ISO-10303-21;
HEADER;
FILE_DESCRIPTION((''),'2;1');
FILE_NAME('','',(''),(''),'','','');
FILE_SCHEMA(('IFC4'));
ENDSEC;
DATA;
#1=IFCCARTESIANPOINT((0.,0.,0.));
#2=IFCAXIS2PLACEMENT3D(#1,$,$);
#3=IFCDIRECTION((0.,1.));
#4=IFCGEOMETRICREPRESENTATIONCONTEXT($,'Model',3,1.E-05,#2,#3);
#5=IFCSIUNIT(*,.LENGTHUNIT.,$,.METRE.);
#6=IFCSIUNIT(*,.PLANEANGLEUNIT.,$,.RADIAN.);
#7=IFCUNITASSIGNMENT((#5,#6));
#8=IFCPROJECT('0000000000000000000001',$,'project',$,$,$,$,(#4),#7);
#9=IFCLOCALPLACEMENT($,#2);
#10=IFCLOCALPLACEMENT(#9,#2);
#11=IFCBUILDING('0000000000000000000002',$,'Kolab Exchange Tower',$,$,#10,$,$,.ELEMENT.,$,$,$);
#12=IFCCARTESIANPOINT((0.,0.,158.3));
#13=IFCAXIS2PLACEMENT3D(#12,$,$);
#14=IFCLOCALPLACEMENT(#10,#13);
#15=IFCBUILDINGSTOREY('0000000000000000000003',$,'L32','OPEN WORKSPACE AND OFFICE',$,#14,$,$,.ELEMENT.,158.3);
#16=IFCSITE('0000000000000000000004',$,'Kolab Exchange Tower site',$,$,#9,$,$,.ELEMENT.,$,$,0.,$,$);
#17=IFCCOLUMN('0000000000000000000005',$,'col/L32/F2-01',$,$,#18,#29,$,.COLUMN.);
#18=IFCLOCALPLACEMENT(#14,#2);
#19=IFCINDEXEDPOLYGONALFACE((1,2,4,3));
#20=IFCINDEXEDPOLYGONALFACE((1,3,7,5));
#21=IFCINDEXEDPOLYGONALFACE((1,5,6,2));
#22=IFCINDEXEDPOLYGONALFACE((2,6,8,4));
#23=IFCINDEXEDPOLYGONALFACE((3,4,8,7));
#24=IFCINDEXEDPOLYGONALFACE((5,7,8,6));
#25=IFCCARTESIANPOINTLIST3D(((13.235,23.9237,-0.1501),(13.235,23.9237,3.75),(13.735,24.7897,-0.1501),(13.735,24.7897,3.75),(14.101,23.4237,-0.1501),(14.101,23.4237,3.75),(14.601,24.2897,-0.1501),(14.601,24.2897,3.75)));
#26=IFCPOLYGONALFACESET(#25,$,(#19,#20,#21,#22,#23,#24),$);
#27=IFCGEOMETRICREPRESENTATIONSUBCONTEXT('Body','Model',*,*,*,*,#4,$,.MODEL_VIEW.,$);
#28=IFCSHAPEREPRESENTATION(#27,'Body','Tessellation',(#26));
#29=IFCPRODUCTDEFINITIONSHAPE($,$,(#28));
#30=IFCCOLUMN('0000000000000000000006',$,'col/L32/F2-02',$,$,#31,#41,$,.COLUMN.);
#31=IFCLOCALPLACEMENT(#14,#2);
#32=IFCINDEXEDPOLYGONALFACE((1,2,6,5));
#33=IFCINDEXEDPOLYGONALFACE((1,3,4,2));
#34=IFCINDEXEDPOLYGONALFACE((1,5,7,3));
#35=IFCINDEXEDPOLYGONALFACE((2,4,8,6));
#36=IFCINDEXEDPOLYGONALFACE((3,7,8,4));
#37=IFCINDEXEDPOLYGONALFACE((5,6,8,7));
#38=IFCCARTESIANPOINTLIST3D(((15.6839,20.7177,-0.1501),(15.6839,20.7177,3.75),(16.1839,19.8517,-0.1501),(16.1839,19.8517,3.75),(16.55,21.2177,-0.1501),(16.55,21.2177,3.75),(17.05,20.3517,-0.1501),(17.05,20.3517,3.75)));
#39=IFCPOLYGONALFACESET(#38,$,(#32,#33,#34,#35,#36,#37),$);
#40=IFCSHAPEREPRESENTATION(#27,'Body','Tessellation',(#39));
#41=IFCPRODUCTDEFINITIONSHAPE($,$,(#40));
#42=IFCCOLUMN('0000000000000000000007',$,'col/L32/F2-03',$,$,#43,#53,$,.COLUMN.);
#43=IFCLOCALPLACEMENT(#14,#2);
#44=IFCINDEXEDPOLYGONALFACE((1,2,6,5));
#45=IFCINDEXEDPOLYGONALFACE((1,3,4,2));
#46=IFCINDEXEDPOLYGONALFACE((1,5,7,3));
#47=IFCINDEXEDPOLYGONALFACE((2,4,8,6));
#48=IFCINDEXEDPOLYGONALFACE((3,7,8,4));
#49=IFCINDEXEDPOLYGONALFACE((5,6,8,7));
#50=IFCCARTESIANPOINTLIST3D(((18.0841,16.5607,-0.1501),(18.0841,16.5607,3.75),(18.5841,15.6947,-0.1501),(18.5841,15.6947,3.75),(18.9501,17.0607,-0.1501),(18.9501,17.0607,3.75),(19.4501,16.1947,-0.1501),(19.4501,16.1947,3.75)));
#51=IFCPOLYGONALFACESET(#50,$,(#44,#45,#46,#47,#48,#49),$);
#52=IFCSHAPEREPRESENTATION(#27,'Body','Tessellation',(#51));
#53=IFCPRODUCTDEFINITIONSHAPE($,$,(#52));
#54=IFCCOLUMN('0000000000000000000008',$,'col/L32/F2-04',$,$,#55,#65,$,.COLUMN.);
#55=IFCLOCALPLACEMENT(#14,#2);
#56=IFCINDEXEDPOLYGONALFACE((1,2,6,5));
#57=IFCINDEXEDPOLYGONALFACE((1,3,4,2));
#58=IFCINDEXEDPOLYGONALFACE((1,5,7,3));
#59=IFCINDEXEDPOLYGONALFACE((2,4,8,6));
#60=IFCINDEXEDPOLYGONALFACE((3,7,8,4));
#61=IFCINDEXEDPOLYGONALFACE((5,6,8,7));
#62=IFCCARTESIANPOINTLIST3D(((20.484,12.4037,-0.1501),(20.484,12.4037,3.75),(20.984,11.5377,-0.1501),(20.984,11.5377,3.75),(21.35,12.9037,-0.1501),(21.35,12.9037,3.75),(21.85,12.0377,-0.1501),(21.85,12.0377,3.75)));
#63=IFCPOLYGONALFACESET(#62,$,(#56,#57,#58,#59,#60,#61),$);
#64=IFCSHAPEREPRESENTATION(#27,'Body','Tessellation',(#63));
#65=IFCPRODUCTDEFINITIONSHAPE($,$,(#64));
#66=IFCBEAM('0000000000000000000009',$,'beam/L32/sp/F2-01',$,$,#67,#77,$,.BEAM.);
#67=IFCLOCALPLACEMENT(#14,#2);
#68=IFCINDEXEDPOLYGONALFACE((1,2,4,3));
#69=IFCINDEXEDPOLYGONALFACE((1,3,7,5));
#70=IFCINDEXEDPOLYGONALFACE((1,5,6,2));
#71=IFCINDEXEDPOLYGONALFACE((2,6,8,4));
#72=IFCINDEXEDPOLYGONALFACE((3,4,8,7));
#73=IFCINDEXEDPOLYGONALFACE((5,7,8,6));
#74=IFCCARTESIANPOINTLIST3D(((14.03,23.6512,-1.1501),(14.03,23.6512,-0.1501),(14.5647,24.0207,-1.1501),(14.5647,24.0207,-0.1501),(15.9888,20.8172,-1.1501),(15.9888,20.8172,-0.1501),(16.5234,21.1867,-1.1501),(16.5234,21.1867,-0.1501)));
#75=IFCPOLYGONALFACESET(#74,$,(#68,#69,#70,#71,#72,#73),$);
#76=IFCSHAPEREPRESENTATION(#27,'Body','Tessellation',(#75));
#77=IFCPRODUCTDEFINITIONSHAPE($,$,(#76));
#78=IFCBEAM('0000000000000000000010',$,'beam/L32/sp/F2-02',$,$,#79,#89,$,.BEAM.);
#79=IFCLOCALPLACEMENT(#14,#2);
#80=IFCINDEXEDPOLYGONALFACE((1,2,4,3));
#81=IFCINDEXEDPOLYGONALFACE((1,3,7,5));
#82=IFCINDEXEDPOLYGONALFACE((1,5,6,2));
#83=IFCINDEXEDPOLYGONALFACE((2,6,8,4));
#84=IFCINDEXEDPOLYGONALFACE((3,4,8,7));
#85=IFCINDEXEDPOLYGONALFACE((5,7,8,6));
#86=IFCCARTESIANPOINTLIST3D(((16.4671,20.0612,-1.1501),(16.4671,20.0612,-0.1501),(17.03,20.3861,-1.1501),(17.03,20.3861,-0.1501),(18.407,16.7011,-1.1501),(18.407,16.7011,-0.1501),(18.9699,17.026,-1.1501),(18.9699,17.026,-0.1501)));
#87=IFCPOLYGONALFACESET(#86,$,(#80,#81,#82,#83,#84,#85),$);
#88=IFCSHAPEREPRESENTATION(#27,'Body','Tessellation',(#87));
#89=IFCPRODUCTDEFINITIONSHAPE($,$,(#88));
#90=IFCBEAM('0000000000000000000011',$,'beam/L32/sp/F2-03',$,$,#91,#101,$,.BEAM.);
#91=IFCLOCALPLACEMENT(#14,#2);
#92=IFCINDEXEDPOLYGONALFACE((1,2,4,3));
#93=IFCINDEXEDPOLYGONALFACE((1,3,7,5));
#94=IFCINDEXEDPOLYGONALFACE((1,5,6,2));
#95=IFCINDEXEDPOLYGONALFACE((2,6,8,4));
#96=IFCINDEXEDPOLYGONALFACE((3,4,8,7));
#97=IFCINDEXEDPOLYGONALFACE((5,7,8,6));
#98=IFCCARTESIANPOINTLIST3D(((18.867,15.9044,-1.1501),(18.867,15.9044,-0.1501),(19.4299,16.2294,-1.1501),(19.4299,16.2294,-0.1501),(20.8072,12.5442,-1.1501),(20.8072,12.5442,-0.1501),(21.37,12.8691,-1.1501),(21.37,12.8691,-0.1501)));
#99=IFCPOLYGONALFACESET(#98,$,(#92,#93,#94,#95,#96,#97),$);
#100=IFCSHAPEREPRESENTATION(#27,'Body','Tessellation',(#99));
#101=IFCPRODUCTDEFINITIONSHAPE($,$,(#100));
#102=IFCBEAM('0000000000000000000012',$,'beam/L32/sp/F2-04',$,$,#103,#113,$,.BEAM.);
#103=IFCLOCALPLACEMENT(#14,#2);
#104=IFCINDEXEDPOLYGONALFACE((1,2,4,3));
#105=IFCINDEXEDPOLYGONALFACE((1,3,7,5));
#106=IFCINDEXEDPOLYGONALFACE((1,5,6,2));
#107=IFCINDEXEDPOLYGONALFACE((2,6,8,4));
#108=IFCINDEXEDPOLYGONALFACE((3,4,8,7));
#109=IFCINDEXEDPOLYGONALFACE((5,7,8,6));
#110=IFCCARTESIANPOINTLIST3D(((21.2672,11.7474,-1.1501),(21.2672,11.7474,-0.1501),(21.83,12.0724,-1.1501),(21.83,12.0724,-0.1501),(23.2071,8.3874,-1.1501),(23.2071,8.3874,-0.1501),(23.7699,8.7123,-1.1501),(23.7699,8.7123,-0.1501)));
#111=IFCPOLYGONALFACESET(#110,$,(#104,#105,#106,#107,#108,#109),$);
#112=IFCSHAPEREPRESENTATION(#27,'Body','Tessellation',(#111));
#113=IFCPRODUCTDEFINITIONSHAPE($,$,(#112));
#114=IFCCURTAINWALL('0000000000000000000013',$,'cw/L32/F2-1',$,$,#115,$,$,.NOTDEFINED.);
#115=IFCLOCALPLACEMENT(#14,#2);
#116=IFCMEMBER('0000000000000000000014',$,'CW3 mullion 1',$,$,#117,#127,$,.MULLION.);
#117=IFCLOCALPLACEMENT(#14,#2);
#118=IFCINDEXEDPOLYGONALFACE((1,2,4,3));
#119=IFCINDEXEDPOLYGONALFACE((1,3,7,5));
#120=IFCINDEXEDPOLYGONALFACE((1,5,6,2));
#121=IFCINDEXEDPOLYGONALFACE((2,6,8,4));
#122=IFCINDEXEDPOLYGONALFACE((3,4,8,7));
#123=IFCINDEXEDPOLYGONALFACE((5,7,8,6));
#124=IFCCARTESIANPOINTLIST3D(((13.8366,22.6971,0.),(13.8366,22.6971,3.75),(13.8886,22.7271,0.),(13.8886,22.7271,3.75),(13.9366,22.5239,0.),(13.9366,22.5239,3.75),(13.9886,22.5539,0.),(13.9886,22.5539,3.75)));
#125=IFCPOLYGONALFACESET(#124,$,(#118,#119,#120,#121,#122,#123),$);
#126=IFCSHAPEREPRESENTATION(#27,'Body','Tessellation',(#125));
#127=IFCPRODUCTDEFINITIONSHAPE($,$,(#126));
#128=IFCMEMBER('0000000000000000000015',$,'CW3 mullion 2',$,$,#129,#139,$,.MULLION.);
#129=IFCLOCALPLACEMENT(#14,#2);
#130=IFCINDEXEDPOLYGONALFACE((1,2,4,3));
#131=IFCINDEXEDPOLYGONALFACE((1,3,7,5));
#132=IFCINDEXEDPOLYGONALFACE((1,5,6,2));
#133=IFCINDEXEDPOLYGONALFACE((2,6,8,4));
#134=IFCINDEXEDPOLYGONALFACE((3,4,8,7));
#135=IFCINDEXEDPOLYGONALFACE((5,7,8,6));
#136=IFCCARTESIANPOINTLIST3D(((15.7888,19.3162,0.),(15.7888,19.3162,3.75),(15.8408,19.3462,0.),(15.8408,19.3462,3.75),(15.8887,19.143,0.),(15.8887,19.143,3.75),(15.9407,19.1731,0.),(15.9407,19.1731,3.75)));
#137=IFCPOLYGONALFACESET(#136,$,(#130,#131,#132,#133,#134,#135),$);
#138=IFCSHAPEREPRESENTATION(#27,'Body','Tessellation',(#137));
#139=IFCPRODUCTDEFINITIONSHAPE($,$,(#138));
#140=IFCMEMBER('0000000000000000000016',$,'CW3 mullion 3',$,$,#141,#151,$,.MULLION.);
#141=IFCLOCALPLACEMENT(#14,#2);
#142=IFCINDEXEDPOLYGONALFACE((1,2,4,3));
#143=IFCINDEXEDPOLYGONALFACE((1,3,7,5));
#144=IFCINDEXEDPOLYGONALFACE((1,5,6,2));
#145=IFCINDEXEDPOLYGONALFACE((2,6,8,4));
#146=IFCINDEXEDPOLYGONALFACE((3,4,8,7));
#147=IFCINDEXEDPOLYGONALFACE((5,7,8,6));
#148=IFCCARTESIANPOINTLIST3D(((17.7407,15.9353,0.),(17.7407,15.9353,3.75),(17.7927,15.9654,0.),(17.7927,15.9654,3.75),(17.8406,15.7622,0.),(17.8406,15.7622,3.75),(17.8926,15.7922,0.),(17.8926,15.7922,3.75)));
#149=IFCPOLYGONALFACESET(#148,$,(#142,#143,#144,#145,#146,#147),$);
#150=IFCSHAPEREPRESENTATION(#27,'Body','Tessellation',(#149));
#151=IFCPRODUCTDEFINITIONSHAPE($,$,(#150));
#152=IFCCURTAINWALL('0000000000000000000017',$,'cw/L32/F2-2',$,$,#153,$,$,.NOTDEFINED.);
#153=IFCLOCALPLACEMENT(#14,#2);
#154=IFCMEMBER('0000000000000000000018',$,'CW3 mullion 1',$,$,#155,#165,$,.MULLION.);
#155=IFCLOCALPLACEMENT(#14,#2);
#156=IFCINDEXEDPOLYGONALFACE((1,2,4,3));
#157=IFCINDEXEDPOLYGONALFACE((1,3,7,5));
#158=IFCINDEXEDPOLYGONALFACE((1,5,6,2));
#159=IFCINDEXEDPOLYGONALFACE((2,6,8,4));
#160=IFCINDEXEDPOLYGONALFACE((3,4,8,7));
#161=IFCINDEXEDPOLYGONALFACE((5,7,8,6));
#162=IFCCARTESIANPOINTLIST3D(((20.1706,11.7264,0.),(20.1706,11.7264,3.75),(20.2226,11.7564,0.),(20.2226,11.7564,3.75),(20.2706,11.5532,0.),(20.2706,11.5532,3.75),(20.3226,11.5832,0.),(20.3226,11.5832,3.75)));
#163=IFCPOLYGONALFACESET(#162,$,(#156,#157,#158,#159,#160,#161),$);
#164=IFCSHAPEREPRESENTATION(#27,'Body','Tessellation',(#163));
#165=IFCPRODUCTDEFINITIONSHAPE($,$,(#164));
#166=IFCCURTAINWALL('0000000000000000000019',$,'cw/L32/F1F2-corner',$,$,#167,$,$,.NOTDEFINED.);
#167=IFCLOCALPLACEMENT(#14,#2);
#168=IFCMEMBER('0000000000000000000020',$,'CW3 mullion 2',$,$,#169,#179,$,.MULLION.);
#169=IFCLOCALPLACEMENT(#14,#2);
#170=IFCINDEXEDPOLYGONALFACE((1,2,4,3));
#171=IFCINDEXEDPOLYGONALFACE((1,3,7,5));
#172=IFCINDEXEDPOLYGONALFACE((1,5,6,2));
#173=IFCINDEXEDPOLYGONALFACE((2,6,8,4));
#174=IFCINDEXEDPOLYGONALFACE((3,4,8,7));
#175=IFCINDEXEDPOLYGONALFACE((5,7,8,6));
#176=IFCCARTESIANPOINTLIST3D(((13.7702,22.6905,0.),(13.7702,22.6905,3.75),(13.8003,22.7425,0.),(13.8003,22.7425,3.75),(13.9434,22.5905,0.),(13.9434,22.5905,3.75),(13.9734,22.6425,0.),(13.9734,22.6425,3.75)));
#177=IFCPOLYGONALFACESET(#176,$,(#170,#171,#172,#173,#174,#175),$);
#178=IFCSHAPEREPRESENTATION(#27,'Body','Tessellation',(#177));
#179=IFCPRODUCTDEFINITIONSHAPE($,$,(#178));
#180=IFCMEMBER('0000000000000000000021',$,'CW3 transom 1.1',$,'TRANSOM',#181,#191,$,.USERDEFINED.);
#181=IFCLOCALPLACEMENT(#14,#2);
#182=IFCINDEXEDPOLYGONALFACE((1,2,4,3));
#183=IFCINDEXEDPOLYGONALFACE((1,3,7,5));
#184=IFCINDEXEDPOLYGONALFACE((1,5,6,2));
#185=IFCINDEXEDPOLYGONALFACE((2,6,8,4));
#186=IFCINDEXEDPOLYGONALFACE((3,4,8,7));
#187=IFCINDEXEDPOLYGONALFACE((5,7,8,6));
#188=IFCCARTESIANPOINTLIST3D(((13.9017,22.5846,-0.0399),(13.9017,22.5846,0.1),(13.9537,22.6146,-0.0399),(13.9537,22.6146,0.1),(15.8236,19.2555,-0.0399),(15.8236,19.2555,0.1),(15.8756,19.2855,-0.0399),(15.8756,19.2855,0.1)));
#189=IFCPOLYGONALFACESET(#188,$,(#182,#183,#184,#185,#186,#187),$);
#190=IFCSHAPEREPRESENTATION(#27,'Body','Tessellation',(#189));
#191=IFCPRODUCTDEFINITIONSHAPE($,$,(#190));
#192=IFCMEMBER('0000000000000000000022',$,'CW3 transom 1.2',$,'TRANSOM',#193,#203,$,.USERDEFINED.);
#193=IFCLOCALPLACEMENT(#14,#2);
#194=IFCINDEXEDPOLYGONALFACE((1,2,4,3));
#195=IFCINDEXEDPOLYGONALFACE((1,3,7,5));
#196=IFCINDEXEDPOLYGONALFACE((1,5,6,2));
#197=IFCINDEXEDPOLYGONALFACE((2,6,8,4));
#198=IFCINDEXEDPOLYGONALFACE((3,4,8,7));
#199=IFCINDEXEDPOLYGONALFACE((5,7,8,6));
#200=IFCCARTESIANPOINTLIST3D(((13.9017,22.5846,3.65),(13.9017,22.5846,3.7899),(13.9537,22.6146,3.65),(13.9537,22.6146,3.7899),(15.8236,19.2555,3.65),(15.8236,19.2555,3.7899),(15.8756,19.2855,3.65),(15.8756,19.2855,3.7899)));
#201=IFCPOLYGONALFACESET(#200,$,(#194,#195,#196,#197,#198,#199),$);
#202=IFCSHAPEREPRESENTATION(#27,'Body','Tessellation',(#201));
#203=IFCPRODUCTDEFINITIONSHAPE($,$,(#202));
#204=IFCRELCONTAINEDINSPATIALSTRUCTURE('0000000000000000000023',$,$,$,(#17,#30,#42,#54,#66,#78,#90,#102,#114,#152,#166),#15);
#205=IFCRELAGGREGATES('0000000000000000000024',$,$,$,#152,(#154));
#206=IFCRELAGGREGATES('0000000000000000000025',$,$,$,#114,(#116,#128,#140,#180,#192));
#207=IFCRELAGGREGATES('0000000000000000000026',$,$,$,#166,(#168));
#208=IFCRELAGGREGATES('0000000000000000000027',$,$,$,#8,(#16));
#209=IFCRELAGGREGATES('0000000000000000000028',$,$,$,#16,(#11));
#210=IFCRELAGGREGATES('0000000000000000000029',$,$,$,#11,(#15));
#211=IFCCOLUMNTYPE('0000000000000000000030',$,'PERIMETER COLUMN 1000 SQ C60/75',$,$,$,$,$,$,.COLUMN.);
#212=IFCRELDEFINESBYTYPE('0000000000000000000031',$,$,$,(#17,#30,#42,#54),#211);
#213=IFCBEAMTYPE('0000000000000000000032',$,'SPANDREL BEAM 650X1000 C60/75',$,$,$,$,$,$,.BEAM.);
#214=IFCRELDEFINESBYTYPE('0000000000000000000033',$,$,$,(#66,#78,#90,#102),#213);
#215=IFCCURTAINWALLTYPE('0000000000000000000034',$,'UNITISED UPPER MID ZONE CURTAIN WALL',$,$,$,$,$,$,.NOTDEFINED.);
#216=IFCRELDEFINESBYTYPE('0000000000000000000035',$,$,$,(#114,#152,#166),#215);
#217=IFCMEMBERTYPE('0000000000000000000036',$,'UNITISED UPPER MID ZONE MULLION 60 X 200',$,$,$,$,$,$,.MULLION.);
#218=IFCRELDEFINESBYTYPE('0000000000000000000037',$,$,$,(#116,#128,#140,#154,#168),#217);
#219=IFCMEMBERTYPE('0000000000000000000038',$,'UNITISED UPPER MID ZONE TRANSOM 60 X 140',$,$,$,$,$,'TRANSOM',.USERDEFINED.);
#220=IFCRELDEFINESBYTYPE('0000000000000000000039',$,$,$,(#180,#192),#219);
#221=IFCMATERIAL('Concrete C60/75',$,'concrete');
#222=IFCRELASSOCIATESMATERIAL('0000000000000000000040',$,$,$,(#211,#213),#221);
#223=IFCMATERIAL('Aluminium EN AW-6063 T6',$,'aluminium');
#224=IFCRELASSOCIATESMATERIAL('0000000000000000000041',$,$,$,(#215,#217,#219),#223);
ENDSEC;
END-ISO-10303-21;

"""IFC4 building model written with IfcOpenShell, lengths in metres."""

from ifc_helpers import new_model, si_unit, direction, frame, origin, origin_2d, place, context, subcontext, project, spatial, rectangle, extrude, material, material_profile, profile_set, type_object, element, aggregate, save


model = new_model("IFC4")

# Units and contexts
model_context = context("Model", 3, precision=1e-05, world=origin(), true_north=direction((0.0, 1.0)))
body_context = subcontext(model_context, "Body", "Model", "MODEL_VIEW")
ifc_project = project(units=[si_unit("LENGTHUNIT", "METRE"), si_unit("PLANEANGLEUNIT", "RADIAN")], contexts=[model_context])

# Site, building, storey
site_placement = place(None, origin())
site = spatial("IfcSite", under=ifc_project, at=site_placement, Name="Kolab Exchange Tower site", CompositionType="ELEMENT", RefElevation=0.0)
building_placement = place(site_placement, origin())
building = spatial("IfcBuilding", under=site, at=building_placement, Name="Kolab Exchange Tower", CompositionType="ELEMENT")
storey_placement = place(building_placement, frame((0.0, 0.0, 158.3)))
storey = spatial("IfcBuildingStorey", under=building, at=storey_placement, Name="L32", Description="OPEN WORKSPACE AND OFFICE", CompositionType="ELEMENT", Elevation=158.3)

# Columns
ifc_material_1 = material(Name="Concrete C60/75", Category="concrete")
ifc_material_profile_1 = material_profile(ifc_material_1, rectangle(XDim=1.0, YDim=1.0, at=origin_2d()), Name="RC1000")
ifc_profile_set_1 = profile_set([ifc_material_profile_1], Name="Concrete C60/75")
column_type = type_object("IfcColumnType", Name="PERIMETER COLUMN 1000 SQ C60/75", PredefinedType="COLUMN", material=ifc_profile_set_1)
for number, where, z_axis, x_axis, name in (
    (1, (13.918, 24.1067, -0.1501), (0.0, 0.0, 1.0), (0.5, 0.866025, 0.0), "col/L32/F2-01"),
    (2, (16.3669, 20.5347, -0.1501), (0.0, 0.0, 1.0), (0.866025, 0.5, 0.0), "col/L32/F2-02"),
    (3, (18.7671, 16.3777, -0.1501), (0.0, 0.0, 1.0), (0.866025, 0.5, 0.0), "col/L32/F2-03"),
    (4, (21.167, 12.2207, -0.1501), (0.0, 0.0, 1.0), (0.866025, 0.5, 0.0), "col/L32/F2-04"),
):
    element("IfcColumn", number, at=place(storey_placement, frame(where, z_axis=z_axis, x_axis=x_axis)), inside=storey, type_object=column_type, Name=name, PredefinedType="COLUMN", context=body_context, shape_type="SweptSolid", body=[
        extrude(rectangle(XDim=1.0, YDim=1.0, at=origin_2d()), origin(), (0.0, 0.0, 1.0), 3.9001),
    ])

# Beams
ifc_material_profile_2 = material_profile(ifc_material_1, rectangle(XDim=0.6499, YDim=1.0, at=origin_2d()), Name="RC650X1000")
ifc_profile_set_2 = profile_set([ifc_material_profile_2], Name="Concrete C60/75")
beam_type = type_object("IfcBeamType", Name="SPANDREL BEAM 650X1000 C60/75", PredefinedType="BEAM", material=ifc_profile_set_2)
beam_1_placement = place(storey_placement, frame((14.2974, 23.8359, -0.6501), z_axis=(0.568572, -0.822633, 0.0), x_axis=(0.822633, 0.568572, 0.0)))
element("IfcBeam", 5, at=beam_1_placement, inside=storey, type_object=beam_type, Name="beam/L32/sp/F2-01", PredefinedType="BEAM", context=body_context, shape_type="SweptSolid", body=[
    extrude(rectangle(XDim=0.6499, YDim=1.0, at=origin_2d()), origin(), (0.0, 0.0, 1.0), 3.4451),
])
beam_2_placement = place(storey_placement, frame((16.7485, 20.2236, -0.6501), z_axis=(0.499997, -0.866027, 0.0), x_axis=(0.866027, 0.499997, 0.0)))
element("IfcBeam", 6, at=beam_2_placement, inside=storey, type_object=beam_type, Name="beam/L32/sp/F2-02", PredefinedType="BEAM", context=body_context, shape_type="SweptSolid", body=[
    extrude(rectangle(XDim=0.6499, YDim=1.0, at=origin_2d()), origin(), (0.0, 0.0, 1.0), 3.8799),
])
beam_3_placement = place(storey_placement, frame((19.1484, 16.0669, -0.6501), z_axis=(0.500017, -0.866016, 0.0), x_axis=(0.866016, 0.500017, 0.0)))
element("IfcBeam", 7, at=beam_3_placement, inside=storey, type_object=beam_type, Name="beam/L32/sp/F2-03", PredefinedType="BEAM", context=body_context, shape_type="SweptSolid", body=[
    extrude(rectangle(XDim=0.6499, YDim=1.0, at=origin_2d()), origin(), (0.0, 0.0, 1.0), 3.8801),
])
beam_4_placement = place(storey_placement, frame((21.5486, 11.9099, -0.6501), z_axis=(0.499997, -0.866027, 0.0), x_axis=(0.866027, 0.499997, 0.0)))
element("IfcBeam", 8, at=beam_4_placement, inside=storey, type_object=beam_type, Name="beam/L32/sp/F2-04", PredefinedType="BEAM", context=body_context, shape_type="SweptSolid", body=[
    extrude(rectangle(XDim=0.6499, YDim=1.0, at=origin_2d()), origin(), (0.0, 0.0, 1.0), 3.8799),
])

# Curtain wall, members
ifc_material_2 = material(Name="Aluminium EN AW-6063 T6", Category="aluminium")
curtain_wall_type = type_object("IfcCurtainWallType", Name="UNITISED UPPER MID ZONE CURTAIN WALL", PredefinedType="NOTDEFINED", material=ifc_material_2)
curtain_wall_1_placement = place(storey_placement, origin())
curtain_wall_1 = element("IfcCurtainWall", 9, at=curtain_wall_1_placement, inside=storey, type_object=curtain_wall_type, Name="cw/L32/F2-1", PredefinedType="NOTDEFINED")
ifc_material_profile_3 = material_profile(ifc_material_2, rectangle(XDim=0.0601, YDim=0.2, at=origin_2d()), Name="RECT 60X200")
ifc_profile_set_3 = profile_set([ifc_material_profile_3], Name="Aluminium EN AW-6063 T6")
member_type_1 = type_object("IfcMemberType", Name="UNITISED UPPER MID ZONE MULLION 60 X 200", PredefinedType="MULLION", material=ifc_profile_set_3)
member_1_placement = place(storey_placement, frame((13.9126, 22.6255, 0.0), z_axis=(0.0, 0.0, 1.0), x_axis=(0.866025, 0.5, 0.0)))
member_1 = element("IfcMember", 10, at=member_1_placement, type_object=member_type_1, Name="CW3 mullion 1", PredefinedType="MULLION", context=body_context, shape_type="SweptSolid", body=[
    extrude(rectangle(XDim=0.0601, YDim=0.2, at=origin_2d()), origin(), (0.0, 0.0, 1.0), 3.75),
])
member_2_placement = place(storey_placement, frame((15.8647, 19.2446, 0.0), z_axis=(0.0, 0.0, 1.0), x_axis=(0.866025, 0.5, 0.0)))
member_2 = element("IfcMember", 11, at=member_2_placement, type_object=member_type_1, Name="CW3 mullion 2", PredefinedType="MULLION", context=body_context, shape_type="SweptSolid", body=[
    extrude(rectangle(XDim=0.0601, YDim=0.2, at=origin_2d()), origin(), (0.0, 0.0, 1.0), 3.75),
])
member_3_placement = place(storey_placement, frame((17.8167, 15.8638, 0.0), z_axis=(0.0, 0.0, 1.0), x_axis=(0.866025, 0.5, 0.0)))
member_3 = element("IfcMember", 12, at=member_3_placement, type_object=member_type_1, Name="CW3 mullion 3", PredefinedType="MULLION", context=body_context, shape_type="SweptSolid", body=[
    extrude(rectangle(XDim=0.0601, YDim=0.2, at=origin_2d()), origin(), (0.0, 0.0, 1.0), 3.75),
])

# Curtain walls, members
curtain_wall_2_placement = place(storey_placement, origin())
curtain_wall_2 = element("IfcCurtainWall", 13, at=curtain_wall_2_placement, inside=storey, type_object=curtain_wall_type, Name="cw/L32/F2-2", PredefinedType="NOTDEFINED")
member_4_placement = place(storey_placement, frame((20.2466, 11.6548, 0.0), z_axis=(0.0, 0.0, 1.0), x_axis=(0.866025, 0.5, 0.0)))
member_4 = element("IfcMember", 14, at=member_4_placement, type_object=member_type_1, Name="CW3 mullion 1", PredefinedType="MULLION", context=body_context, shape_type="SweptSolid", body=[
    extrude(rectangle(XDim=0.0601, YDim=0.2, at=origin_2d()), origin(), (0.0, 0.0, 1.0), 3.75),
])
aggregate(curtain_wall_2, [member_4])
curtain_wall_3_placement = place(storey_placement, origin())
curtain_wall_3 = element("IfcCurtainWall", 15, at=curtain_wall_3_placement, inside=storey, type_object=curtain_wall_type, Name="cw/L32/F1F2-corner", PredefinedType="NOTDEFINED")
member_5_placement = place(storey_placement, frame((13.8718, 22.6665, 0.0), z_axis=(0.0, 0.0, 1.0), x_axis=(0.5, 0.866025, 0.0)))
member_5 = element("IfcMember", 16, at=member_5_placement, type_object=member_type_1, Name="CW3 mullion 2", PredefinedType="MULLION", context=body_context, shape_type="SweptSolid", body=[
    extrude(rectangle(XDim=0.0601, YDim=0.2, at=origin_2d()), origin(), (0.0, 0.0, 1.0), 3.75),
])

# Members
ifc_material_profile_4 = material_profile(ifc_material_2, rectangle(XDim=0.0601, YDim=0.1399, at=origin_2d()), Name="RECT 60X140")
ifc_profile_set_4 = profile_set([ifc_material_profile_4], Name="Aluminium EN AW-6063 T6")
member_type_2 = type_object("IfcMemberType", Name="UNITISED UPPER MID ZONE TRANSOM 60 X 140", ElementType="TRANSOM", PredefinedType="USERDEFINED", material=ifc_profile_set_4)
member_6_placement = place(storey_placement, frame((13.9277, 22.5996, 0.03), z_axis=(0.499964, -0.866046, 0.0), x_axis=(0.866046, 0.499964, 0.0)))
member_6 = element("IfcMember", 17, at=member_6_placement, type_object=member_type_2, Name="CW3 transom 1.1", ObjectType="TRANSOM", PredefinedType="USERDEFINED", context=body_context, shape_type="SweptSolid", body=[
    extrude(rectangle(XDim=0.0601, YDim=0.1399, at=origin_2d()), origin(), (0.0, 0.0, 1.0), 3.844),
])
member_7_placement = place(storey_placement, frame((13.9277, 22.5996, 3.72), z_axis=(0.499964, -0.866046, 0.0), x_axis=(0.866046, 0.499964, 0.0)))
member_7 = element("IfcMember", 18, at=member_7_placement, type_object=member_type_2, Name="CW3 transom 1.2", ObjectType="TRANSOM", PredefinedType="USERDEFINED", context=body_context, shape_type="SweptSolid", body=[
    extrude(rectangle(XDim=0.0601, YDim=0.1399, at=origin_2d()), origin(), (0.0, 0.0, 1.0), 3.844),
])

aggregate(curtain_wall_1, [member_1, member_2, member_3, member_6, member_7])
aggregate(curtain_wall_3, [member_5])

save(model, "model.ifc")
